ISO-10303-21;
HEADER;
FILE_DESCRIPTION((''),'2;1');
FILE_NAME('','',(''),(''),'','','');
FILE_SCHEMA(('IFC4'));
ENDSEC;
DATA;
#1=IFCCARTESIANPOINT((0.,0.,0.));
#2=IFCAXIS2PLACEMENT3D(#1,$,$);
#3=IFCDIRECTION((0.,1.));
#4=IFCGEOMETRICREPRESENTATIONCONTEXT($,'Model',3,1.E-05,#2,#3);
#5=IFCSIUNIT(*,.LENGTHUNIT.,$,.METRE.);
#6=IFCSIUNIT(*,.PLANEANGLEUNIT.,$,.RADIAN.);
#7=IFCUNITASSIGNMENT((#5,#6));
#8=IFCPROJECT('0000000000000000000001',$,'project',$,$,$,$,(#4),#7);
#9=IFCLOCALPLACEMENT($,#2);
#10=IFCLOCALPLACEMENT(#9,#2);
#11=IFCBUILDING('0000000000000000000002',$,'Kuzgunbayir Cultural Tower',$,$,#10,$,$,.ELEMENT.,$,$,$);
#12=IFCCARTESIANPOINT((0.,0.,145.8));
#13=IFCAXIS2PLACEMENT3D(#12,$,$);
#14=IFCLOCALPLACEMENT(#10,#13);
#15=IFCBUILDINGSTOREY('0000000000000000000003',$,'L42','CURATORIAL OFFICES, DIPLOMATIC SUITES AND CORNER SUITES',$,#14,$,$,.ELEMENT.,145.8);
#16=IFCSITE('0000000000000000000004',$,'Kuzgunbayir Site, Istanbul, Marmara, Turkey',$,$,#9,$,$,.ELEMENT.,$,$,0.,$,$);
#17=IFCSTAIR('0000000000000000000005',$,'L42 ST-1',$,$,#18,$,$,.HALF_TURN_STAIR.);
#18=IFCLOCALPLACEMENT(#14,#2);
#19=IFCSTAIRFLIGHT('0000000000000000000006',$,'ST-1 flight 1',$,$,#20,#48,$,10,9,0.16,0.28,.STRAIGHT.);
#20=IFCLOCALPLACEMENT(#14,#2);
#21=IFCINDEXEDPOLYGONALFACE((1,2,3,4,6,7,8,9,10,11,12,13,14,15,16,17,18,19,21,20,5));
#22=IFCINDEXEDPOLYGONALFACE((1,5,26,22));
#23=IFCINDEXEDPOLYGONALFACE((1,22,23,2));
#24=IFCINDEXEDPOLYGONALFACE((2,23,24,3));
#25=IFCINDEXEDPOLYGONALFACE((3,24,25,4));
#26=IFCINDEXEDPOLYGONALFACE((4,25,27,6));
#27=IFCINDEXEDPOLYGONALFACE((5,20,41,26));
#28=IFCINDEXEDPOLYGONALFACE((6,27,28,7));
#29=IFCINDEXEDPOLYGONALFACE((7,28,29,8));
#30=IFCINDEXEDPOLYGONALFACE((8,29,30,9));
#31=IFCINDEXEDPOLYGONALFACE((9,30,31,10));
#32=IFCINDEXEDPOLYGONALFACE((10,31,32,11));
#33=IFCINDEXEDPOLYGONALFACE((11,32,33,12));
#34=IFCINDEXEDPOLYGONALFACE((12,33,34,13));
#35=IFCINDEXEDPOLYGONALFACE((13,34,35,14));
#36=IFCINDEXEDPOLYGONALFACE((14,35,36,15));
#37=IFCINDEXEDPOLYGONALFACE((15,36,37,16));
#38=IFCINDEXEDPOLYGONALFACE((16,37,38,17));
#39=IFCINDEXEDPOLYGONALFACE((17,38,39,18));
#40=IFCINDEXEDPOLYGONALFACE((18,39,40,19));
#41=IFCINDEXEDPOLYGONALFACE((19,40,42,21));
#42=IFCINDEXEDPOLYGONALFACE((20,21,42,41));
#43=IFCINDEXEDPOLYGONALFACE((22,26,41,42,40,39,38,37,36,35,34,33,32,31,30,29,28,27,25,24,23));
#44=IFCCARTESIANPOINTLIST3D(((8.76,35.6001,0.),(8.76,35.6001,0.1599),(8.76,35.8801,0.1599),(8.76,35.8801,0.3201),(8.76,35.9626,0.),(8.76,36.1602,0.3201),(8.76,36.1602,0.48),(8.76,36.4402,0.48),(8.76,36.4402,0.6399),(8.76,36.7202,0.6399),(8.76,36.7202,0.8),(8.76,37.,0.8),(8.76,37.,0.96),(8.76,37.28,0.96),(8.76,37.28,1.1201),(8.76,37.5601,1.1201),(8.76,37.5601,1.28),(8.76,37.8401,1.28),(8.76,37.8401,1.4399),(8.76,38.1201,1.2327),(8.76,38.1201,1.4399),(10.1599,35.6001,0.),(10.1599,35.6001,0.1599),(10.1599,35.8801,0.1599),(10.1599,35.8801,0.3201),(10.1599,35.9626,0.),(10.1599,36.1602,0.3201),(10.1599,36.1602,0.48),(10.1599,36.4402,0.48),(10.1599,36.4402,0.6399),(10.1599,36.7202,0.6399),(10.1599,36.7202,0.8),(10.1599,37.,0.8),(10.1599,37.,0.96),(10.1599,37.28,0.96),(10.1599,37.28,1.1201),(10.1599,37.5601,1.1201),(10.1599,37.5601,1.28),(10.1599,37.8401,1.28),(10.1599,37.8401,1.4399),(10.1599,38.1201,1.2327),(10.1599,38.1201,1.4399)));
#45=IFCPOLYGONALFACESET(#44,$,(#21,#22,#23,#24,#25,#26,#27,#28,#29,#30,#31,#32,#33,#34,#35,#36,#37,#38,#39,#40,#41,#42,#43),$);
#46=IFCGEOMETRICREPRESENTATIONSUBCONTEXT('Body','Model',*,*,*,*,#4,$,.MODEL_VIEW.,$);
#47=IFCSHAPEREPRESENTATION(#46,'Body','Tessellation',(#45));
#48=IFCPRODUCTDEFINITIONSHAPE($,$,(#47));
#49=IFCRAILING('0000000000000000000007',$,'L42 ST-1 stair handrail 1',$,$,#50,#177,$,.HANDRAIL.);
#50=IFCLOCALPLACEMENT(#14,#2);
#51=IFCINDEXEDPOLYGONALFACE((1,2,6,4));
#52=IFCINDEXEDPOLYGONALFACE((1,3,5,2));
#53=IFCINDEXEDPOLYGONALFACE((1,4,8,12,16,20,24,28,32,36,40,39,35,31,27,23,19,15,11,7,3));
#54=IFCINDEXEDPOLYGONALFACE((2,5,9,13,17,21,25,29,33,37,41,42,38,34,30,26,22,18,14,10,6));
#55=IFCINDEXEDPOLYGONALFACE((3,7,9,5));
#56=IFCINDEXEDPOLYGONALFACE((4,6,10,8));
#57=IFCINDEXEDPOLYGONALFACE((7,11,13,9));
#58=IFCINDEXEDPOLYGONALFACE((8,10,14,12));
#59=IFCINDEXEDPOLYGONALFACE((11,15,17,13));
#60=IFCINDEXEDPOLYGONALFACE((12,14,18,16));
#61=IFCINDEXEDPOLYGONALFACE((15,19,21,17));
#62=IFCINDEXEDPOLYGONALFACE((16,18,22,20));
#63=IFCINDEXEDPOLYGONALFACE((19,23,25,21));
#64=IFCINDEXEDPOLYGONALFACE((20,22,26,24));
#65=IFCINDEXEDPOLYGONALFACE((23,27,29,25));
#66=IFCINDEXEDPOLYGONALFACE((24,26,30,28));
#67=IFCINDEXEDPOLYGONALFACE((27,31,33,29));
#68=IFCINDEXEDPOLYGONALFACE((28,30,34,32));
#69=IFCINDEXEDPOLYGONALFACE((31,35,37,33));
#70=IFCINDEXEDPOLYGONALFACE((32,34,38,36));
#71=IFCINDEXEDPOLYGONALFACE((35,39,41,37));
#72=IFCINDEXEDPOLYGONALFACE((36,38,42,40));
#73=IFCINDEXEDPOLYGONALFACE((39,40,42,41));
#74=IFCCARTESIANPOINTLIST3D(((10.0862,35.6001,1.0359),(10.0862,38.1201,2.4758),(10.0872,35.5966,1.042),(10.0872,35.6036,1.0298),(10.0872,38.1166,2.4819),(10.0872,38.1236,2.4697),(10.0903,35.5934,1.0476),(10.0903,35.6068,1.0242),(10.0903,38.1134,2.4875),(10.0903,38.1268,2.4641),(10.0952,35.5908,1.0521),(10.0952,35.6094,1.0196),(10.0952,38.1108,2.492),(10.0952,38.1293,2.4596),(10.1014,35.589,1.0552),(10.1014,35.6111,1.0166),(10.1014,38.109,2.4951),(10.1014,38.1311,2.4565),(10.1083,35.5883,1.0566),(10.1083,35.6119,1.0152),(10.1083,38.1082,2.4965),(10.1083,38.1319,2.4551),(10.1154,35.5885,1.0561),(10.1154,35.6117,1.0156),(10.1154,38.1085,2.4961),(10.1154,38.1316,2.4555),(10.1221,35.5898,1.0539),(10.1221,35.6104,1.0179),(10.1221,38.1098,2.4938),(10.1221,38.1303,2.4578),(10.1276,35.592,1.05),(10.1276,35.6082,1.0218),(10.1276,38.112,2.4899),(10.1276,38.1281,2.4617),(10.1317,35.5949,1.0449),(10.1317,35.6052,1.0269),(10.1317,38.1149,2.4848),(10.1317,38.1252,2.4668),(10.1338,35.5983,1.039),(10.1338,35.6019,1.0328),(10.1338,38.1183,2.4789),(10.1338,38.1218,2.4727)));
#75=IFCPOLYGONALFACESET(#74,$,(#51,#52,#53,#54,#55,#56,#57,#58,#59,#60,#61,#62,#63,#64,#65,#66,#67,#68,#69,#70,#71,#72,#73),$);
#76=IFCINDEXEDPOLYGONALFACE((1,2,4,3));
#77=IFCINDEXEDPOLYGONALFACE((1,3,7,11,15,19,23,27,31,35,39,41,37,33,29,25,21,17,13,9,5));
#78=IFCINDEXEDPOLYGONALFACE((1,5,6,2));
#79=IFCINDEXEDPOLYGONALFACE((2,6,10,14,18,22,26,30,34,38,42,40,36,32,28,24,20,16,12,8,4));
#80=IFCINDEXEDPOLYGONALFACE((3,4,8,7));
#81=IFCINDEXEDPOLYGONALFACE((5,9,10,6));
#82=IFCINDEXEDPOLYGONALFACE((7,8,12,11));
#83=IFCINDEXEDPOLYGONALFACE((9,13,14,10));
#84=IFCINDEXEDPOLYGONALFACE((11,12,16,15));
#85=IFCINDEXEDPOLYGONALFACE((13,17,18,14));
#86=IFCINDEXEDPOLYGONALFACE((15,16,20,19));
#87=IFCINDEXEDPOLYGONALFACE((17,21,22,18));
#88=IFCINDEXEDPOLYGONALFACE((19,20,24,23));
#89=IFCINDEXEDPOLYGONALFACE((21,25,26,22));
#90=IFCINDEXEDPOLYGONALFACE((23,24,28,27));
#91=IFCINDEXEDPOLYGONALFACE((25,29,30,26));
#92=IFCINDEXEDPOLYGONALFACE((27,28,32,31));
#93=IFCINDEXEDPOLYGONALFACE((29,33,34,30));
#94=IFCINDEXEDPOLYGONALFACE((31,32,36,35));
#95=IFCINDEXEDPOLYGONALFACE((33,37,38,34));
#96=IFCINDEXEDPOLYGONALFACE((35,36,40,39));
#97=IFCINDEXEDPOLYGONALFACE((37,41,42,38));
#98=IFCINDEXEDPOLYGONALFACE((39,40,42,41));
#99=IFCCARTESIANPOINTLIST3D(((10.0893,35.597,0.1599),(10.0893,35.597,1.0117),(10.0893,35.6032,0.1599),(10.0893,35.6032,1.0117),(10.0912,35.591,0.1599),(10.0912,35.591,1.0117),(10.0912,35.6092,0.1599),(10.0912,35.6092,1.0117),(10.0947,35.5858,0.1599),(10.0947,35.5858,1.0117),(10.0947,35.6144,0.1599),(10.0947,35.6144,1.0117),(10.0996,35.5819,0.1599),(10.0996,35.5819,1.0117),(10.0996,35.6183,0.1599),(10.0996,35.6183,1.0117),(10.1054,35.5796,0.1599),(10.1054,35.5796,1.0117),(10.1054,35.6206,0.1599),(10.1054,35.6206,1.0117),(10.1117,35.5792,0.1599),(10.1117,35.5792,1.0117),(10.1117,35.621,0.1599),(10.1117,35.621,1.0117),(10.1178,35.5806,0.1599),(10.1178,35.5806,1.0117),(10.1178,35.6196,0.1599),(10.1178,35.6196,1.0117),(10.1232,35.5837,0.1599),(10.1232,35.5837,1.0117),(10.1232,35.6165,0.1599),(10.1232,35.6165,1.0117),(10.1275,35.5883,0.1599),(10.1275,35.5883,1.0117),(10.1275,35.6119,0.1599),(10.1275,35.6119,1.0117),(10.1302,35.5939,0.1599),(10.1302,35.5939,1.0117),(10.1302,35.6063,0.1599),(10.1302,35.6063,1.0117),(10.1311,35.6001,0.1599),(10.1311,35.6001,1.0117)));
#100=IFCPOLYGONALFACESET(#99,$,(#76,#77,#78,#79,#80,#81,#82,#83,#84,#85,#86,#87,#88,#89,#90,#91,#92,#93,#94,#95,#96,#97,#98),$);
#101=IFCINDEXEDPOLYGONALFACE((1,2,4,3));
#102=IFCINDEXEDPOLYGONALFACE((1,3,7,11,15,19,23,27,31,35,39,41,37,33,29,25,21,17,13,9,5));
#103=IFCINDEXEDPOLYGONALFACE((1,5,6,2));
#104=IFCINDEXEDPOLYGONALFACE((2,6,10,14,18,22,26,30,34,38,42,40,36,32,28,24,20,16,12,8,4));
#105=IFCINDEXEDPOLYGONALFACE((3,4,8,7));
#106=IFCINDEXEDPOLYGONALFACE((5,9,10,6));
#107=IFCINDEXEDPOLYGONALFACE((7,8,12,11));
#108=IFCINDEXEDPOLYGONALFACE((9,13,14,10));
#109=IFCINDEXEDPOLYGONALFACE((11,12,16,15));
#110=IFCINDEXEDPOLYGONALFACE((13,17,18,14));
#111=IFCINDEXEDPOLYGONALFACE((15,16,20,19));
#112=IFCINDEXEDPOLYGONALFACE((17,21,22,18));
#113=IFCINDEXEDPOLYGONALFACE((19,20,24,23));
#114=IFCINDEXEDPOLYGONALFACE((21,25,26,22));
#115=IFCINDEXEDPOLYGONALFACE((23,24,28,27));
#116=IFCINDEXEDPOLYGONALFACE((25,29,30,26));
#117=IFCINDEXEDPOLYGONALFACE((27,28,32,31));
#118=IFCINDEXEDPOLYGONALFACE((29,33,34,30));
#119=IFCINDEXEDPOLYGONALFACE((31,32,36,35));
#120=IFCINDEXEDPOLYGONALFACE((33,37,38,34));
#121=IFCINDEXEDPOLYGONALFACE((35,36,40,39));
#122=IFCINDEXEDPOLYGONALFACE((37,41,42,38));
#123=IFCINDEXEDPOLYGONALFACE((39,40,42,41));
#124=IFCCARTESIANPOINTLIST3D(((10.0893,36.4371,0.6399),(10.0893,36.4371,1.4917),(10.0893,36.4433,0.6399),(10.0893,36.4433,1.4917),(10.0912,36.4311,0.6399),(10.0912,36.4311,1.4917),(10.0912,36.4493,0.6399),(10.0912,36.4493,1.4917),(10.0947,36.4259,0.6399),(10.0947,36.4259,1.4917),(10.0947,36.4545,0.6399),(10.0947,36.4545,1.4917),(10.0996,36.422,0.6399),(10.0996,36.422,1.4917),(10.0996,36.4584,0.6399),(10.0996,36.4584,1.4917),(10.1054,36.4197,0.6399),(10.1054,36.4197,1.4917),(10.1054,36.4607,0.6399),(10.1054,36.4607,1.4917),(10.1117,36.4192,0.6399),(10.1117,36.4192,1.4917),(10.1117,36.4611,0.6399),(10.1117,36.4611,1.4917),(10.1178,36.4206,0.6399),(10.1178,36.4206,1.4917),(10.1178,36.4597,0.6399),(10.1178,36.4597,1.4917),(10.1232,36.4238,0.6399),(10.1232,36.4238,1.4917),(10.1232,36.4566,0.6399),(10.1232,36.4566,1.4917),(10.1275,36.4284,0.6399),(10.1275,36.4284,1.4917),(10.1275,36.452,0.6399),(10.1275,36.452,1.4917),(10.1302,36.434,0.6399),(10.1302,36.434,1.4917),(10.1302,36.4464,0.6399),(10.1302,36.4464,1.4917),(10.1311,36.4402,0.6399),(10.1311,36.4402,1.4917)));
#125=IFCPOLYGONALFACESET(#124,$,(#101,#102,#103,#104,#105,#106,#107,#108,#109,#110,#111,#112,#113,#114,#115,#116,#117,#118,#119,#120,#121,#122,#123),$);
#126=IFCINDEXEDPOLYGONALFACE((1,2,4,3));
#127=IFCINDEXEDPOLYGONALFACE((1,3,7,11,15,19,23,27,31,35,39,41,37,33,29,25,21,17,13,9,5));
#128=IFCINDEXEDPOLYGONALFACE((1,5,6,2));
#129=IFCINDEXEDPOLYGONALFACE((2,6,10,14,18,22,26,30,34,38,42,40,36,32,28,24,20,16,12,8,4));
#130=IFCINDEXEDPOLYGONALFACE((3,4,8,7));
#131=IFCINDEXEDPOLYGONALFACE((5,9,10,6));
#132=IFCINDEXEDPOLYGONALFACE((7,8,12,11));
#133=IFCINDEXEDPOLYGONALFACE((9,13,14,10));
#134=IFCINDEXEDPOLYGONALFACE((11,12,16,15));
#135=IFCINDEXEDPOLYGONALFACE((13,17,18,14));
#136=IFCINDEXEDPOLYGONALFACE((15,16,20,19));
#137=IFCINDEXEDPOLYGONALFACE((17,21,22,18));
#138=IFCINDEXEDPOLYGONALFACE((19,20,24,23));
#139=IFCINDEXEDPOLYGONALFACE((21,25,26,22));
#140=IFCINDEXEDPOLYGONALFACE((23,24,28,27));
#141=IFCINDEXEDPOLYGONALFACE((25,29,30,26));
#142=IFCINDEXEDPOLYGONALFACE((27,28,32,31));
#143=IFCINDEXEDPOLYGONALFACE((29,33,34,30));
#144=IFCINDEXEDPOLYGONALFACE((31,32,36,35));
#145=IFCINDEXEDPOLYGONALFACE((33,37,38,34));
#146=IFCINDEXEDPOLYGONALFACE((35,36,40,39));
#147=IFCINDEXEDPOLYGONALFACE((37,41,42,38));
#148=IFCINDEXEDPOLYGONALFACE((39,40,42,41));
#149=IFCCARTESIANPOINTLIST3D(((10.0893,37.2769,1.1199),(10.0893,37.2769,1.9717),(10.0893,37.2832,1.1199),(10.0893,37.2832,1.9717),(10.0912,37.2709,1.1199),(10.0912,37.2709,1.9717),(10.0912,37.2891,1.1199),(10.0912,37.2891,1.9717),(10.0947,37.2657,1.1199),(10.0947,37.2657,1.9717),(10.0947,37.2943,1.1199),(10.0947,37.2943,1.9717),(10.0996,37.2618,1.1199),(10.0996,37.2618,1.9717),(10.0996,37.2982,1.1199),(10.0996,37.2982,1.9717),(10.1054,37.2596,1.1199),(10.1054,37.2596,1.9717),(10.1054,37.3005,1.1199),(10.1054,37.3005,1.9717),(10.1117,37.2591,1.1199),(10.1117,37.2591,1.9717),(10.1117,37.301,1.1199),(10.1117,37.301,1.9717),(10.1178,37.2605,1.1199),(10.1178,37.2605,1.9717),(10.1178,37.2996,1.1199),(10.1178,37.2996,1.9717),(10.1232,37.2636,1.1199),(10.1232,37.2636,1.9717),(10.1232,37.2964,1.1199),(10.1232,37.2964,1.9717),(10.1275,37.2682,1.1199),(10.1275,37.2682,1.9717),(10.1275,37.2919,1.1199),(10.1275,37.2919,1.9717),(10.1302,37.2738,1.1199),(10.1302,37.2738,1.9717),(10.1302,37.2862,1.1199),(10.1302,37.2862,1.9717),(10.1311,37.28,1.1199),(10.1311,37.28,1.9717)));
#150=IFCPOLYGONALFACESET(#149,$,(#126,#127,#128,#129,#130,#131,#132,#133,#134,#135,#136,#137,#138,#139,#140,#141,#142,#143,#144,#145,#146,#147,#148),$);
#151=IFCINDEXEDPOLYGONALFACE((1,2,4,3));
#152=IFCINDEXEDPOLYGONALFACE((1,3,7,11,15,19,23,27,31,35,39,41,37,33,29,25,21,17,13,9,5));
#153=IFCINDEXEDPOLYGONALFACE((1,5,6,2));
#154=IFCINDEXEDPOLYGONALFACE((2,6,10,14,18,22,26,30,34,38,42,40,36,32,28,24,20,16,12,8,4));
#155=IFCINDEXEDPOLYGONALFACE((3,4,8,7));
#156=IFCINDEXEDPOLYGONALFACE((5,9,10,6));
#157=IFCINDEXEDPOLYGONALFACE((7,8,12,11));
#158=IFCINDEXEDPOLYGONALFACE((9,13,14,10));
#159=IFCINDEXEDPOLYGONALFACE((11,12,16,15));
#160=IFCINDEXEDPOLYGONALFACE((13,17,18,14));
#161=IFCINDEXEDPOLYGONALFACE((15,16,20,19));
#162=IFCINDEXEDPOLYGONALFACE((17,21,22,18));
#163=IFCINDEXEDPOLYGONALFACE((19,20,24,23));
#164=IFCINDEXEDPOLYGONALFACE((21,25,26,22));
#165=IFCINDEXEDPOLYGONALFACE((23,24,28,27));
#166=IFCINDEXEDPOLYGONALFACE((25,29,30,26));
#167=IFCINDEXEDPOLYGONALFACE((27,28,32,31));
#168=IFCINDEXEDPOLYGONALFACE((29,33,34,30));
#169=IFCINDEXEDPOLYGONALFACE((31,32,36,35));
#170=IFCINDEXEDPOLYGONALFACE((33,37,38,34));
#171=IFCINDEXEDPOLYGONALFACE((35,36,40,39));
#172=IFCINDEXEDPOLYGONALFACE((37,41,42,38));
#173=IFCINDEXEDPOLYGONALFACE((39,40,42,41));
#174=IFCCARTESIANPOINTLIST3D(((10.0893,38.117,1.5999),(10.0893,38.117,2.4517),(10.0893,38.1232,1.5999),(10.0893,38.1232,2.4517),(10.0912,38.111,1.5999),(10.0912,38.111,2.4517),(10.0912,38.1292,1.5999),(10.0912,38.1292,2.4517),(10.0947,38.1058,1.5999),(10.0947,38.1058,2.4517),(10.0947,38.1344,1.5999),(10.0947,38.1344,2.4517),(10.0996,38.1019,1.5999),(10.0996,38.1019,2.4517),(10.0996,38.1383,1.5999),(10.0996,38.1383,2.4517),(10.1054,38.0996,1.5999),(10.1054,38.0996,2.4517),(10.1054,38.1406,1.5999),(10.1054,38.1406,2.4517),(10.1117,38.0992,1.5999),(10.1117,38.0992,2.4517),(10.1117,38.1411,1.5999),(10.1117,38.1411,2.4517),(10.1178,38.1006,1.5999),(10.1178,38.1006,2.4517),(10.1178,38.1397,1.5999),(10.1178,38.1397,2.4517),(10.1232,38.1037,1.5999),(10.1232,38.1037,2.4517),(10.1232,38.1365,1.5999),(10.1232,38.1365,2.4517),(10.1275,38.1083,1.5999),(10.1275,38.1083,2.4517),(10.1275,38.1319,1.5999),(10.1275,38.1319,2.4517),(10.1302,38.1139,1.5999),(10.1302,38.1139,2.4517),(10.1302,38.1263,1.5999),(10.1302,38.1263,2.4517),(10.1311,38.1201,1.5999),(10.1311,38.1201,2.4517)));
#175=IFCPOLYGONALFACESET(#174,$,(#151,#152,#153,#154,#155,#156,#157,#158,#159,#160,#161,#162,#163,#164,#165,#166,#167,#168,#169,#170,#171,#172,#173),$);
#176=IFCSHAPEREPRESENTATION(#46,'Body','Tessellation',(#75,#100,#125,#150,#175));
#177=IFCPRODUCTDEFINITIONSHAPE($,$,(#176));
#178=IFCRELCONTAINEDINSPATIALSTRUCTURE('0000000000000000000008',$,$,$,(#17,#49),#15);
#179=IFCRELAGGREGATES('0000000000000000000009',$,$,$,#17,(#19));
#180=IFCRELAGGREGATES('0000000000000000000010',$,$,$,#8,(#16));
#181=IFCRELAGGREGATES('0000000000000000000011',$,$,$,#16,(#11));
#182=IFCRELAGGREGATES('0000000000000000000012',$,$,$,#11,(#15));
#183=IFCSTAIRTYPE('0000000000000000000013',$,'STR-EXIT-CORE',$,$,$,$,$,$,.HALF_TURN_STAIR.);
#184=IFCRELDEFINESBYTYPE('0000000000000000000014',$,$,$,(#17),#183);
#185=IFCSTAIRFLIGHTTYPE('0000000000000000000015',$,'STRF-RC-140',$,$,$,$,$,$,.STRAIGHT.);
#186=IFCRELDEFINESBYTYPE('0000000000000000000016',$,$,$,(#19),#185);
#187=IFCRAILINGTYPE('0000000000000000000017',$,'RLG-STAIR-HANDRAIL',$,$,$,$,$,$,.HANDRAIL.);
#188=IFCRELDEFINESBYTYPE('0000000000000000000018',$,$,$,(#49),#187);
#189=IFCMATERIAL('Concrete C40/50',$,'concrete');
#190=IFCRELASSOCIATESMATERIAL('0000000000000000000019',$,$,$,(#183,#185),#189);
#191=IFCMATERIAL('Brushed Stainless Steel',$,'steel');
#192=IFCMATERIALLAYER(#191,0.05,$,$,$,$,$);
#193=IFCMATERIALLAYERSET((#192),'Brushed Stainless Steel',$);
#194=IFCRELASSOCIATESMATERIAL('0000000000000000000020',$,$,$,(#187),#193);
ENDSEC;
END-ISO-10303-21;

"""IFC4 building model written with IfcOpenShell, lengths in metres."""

from ifc_helpers import new_model, si_unit, direction, frame, origin, origin_2d, place, context, subcontext, project, spatial, polyline, circle, outline, extrude, material, layer, layer_set, type_object, element, aggregate, save


model = new_model("IFC4")

# Units and contexts
model_context = context("Model", 3, precision=1e-05, world=origin(), true_north=direction((0.0, 1.0)))
body_context = subcontext(model_context, "Body", "Model", "MODEL_VIEW")
ifc_project = project(units=[si_unit("LENGTHUNIT", "METRE"), si_unit("PLANEANGLEUNIT", "RADIAN")], contexts=[model_context])

# Site, building, storey
site_placement = place(None, origin())
site = spatial("IfcSite", under=ifc_project, at=site_placement, Name="Kuzgunbayir Site, Istanbul, Marmara, Turkey", CompositionType="ELEMENT", RefElevation=0.0)
building_placement = place(site_placement, origin())
building = spatial("IfcBuilding", under=site, at=building_placement, Name="Kuzgunbayir Cultural Tower", CompositionType="ELEMENT")
storey_placement = place(building_placement, frame((0.0, 0.0, 145.8)))
storey = spatial("IfcBuildingStorey", under=building, at=storey_placement, Name="L42", Description="CURATORIAL OFFICES, DIPLOMATIC SUITES AND CORNER SUITES", CompositionType="ELEMENT", Elevation=145.8)

# Shared definitions
ifc_material_1 = material(Name="Concrete C40/50", Category="concrete")
ifc_material_2 = material(Name="Brushed Stainless Steel", Category="steel")

# Stair, stair flight
stair_type = type_object("IfcStairType", Name="STR-EXIT-CORE", PredefinedType="HALF_TURN_STAIR", material=ifc_material_1)
stair_placement = place(storey_placement, origin())
stair = element("IfcStair", 1, at=stair_placement, inside=storey, type_object=stair_type, Name="L42 ST-1", PredefinedType="HALF_TURN_STAIR")
stair_flight_type = type_object("IfcStairFlightType", Name="STRF-RC-140", PredefinedType="STRAIGHT", material=ifc_material_1)
stair_flight_placement = place(storey_placement, frame((9.46, 35.6001, 0.0), z_axis=(0.0, 0.0, 1.0), x_axis=(0.0, 1.0, 0.0)))
stair_flight = element("IfcStairFlight", 2, at=stair_flight_placement, type_object=stair_flight_type, Name="ST-1 flight 1", NumberOfRisers=10, NumberOfTreads=9, PredefinedType="STRAIGHT", RiserHeight=0.16, TreadLength=0.28, context=body_context, shape_type="SweptSolid", body=[
    extrude(outline(polyline([(0.0, 0.0), (0.0, 0.1599), (0.28, 0.1599), (0.28, 0.3201), (0.5601, 0.3201), (0.5601, 0.48), (0.8401, 0.48), (0.8401, 0.6399), (1.1201, 0.6399), (1.1201, 0.8), (1.3999, 0.8), (1.3999, 0.96), (1.6799, 0.96), (1.6799, 1.1201), (1.96, 1.1201), (1.96, 1.28), (2.24, 1.28), (2.24, 1.4399), (2.52, 1.4399), (2.52, 1.6001), (2.52, 1.2327), (0.3625, 0.0), (0.0, 0.0)])), frame((0.0, 0.7, 0.0), z_axis=(0.0, -1.0, 0.0), x_axis=(1.0, 0.0, 0.0)), (0.0, 0.0, 1.0), 1.3999),
])
aggregate(stair, [stair_flight])

# Railing
ifc_layer_1 = layer(ifc_material_2, 0.05)
ifc_layer_set_1 = layer_set([ifc_layer_1], Name="Brushed Stainless Steel")
railing_type_1 = type_object("IfcRailingType", Name="RLG-STAIR-HANDRAIL", PredefinedType="HANDRAIL", material=ifc_layer_set_1)
railing_1_placement = place(storey_placement, frame((10.1101, 35.6001, 0.1599)))
element("IfcRailing", 3, at=railing_1_placement, inside=storey, type_object=railing_type_1, Name="L42 ST-1 stair handrail 1", PredefinedType="HANDRAIL", context=body_context, shape_type="SweptSolid", body=[
    extrude(circle(Radius=0.0239, at=origin_2d()), frame((0.0, 0.0, 0.876), z_axis=(0.0, 0.868253, 0.496121), x_axis=(-1.0, 0.0, 0.0)), (0.0, 0.0, 1.0), 2.9023),
    extrude(circle(Radius=0.021, at=origin_2d()), origin(), (0.0, 0.0, 1.0), 0.8518),
    extrude(circle(Radius=0.021, at=origin_2d()), frame((0.0, 0.8401, 0.48)), (0.0, 0.0, 1.0), 0.8518),
    extrude(circle(Radius=0.021, at=origin_2d()), frame((0.0, 1.6799, 0.96)), (0.0, 0.0, 1.0), 0.8518),
    extrude(circle(Radius=0.021, at=origin_2d()), frame((0.0, 2.52, 1.4399)), (0.0, 0.0, 1.0), 0.8518),
])

save(model, "model.ifc")
